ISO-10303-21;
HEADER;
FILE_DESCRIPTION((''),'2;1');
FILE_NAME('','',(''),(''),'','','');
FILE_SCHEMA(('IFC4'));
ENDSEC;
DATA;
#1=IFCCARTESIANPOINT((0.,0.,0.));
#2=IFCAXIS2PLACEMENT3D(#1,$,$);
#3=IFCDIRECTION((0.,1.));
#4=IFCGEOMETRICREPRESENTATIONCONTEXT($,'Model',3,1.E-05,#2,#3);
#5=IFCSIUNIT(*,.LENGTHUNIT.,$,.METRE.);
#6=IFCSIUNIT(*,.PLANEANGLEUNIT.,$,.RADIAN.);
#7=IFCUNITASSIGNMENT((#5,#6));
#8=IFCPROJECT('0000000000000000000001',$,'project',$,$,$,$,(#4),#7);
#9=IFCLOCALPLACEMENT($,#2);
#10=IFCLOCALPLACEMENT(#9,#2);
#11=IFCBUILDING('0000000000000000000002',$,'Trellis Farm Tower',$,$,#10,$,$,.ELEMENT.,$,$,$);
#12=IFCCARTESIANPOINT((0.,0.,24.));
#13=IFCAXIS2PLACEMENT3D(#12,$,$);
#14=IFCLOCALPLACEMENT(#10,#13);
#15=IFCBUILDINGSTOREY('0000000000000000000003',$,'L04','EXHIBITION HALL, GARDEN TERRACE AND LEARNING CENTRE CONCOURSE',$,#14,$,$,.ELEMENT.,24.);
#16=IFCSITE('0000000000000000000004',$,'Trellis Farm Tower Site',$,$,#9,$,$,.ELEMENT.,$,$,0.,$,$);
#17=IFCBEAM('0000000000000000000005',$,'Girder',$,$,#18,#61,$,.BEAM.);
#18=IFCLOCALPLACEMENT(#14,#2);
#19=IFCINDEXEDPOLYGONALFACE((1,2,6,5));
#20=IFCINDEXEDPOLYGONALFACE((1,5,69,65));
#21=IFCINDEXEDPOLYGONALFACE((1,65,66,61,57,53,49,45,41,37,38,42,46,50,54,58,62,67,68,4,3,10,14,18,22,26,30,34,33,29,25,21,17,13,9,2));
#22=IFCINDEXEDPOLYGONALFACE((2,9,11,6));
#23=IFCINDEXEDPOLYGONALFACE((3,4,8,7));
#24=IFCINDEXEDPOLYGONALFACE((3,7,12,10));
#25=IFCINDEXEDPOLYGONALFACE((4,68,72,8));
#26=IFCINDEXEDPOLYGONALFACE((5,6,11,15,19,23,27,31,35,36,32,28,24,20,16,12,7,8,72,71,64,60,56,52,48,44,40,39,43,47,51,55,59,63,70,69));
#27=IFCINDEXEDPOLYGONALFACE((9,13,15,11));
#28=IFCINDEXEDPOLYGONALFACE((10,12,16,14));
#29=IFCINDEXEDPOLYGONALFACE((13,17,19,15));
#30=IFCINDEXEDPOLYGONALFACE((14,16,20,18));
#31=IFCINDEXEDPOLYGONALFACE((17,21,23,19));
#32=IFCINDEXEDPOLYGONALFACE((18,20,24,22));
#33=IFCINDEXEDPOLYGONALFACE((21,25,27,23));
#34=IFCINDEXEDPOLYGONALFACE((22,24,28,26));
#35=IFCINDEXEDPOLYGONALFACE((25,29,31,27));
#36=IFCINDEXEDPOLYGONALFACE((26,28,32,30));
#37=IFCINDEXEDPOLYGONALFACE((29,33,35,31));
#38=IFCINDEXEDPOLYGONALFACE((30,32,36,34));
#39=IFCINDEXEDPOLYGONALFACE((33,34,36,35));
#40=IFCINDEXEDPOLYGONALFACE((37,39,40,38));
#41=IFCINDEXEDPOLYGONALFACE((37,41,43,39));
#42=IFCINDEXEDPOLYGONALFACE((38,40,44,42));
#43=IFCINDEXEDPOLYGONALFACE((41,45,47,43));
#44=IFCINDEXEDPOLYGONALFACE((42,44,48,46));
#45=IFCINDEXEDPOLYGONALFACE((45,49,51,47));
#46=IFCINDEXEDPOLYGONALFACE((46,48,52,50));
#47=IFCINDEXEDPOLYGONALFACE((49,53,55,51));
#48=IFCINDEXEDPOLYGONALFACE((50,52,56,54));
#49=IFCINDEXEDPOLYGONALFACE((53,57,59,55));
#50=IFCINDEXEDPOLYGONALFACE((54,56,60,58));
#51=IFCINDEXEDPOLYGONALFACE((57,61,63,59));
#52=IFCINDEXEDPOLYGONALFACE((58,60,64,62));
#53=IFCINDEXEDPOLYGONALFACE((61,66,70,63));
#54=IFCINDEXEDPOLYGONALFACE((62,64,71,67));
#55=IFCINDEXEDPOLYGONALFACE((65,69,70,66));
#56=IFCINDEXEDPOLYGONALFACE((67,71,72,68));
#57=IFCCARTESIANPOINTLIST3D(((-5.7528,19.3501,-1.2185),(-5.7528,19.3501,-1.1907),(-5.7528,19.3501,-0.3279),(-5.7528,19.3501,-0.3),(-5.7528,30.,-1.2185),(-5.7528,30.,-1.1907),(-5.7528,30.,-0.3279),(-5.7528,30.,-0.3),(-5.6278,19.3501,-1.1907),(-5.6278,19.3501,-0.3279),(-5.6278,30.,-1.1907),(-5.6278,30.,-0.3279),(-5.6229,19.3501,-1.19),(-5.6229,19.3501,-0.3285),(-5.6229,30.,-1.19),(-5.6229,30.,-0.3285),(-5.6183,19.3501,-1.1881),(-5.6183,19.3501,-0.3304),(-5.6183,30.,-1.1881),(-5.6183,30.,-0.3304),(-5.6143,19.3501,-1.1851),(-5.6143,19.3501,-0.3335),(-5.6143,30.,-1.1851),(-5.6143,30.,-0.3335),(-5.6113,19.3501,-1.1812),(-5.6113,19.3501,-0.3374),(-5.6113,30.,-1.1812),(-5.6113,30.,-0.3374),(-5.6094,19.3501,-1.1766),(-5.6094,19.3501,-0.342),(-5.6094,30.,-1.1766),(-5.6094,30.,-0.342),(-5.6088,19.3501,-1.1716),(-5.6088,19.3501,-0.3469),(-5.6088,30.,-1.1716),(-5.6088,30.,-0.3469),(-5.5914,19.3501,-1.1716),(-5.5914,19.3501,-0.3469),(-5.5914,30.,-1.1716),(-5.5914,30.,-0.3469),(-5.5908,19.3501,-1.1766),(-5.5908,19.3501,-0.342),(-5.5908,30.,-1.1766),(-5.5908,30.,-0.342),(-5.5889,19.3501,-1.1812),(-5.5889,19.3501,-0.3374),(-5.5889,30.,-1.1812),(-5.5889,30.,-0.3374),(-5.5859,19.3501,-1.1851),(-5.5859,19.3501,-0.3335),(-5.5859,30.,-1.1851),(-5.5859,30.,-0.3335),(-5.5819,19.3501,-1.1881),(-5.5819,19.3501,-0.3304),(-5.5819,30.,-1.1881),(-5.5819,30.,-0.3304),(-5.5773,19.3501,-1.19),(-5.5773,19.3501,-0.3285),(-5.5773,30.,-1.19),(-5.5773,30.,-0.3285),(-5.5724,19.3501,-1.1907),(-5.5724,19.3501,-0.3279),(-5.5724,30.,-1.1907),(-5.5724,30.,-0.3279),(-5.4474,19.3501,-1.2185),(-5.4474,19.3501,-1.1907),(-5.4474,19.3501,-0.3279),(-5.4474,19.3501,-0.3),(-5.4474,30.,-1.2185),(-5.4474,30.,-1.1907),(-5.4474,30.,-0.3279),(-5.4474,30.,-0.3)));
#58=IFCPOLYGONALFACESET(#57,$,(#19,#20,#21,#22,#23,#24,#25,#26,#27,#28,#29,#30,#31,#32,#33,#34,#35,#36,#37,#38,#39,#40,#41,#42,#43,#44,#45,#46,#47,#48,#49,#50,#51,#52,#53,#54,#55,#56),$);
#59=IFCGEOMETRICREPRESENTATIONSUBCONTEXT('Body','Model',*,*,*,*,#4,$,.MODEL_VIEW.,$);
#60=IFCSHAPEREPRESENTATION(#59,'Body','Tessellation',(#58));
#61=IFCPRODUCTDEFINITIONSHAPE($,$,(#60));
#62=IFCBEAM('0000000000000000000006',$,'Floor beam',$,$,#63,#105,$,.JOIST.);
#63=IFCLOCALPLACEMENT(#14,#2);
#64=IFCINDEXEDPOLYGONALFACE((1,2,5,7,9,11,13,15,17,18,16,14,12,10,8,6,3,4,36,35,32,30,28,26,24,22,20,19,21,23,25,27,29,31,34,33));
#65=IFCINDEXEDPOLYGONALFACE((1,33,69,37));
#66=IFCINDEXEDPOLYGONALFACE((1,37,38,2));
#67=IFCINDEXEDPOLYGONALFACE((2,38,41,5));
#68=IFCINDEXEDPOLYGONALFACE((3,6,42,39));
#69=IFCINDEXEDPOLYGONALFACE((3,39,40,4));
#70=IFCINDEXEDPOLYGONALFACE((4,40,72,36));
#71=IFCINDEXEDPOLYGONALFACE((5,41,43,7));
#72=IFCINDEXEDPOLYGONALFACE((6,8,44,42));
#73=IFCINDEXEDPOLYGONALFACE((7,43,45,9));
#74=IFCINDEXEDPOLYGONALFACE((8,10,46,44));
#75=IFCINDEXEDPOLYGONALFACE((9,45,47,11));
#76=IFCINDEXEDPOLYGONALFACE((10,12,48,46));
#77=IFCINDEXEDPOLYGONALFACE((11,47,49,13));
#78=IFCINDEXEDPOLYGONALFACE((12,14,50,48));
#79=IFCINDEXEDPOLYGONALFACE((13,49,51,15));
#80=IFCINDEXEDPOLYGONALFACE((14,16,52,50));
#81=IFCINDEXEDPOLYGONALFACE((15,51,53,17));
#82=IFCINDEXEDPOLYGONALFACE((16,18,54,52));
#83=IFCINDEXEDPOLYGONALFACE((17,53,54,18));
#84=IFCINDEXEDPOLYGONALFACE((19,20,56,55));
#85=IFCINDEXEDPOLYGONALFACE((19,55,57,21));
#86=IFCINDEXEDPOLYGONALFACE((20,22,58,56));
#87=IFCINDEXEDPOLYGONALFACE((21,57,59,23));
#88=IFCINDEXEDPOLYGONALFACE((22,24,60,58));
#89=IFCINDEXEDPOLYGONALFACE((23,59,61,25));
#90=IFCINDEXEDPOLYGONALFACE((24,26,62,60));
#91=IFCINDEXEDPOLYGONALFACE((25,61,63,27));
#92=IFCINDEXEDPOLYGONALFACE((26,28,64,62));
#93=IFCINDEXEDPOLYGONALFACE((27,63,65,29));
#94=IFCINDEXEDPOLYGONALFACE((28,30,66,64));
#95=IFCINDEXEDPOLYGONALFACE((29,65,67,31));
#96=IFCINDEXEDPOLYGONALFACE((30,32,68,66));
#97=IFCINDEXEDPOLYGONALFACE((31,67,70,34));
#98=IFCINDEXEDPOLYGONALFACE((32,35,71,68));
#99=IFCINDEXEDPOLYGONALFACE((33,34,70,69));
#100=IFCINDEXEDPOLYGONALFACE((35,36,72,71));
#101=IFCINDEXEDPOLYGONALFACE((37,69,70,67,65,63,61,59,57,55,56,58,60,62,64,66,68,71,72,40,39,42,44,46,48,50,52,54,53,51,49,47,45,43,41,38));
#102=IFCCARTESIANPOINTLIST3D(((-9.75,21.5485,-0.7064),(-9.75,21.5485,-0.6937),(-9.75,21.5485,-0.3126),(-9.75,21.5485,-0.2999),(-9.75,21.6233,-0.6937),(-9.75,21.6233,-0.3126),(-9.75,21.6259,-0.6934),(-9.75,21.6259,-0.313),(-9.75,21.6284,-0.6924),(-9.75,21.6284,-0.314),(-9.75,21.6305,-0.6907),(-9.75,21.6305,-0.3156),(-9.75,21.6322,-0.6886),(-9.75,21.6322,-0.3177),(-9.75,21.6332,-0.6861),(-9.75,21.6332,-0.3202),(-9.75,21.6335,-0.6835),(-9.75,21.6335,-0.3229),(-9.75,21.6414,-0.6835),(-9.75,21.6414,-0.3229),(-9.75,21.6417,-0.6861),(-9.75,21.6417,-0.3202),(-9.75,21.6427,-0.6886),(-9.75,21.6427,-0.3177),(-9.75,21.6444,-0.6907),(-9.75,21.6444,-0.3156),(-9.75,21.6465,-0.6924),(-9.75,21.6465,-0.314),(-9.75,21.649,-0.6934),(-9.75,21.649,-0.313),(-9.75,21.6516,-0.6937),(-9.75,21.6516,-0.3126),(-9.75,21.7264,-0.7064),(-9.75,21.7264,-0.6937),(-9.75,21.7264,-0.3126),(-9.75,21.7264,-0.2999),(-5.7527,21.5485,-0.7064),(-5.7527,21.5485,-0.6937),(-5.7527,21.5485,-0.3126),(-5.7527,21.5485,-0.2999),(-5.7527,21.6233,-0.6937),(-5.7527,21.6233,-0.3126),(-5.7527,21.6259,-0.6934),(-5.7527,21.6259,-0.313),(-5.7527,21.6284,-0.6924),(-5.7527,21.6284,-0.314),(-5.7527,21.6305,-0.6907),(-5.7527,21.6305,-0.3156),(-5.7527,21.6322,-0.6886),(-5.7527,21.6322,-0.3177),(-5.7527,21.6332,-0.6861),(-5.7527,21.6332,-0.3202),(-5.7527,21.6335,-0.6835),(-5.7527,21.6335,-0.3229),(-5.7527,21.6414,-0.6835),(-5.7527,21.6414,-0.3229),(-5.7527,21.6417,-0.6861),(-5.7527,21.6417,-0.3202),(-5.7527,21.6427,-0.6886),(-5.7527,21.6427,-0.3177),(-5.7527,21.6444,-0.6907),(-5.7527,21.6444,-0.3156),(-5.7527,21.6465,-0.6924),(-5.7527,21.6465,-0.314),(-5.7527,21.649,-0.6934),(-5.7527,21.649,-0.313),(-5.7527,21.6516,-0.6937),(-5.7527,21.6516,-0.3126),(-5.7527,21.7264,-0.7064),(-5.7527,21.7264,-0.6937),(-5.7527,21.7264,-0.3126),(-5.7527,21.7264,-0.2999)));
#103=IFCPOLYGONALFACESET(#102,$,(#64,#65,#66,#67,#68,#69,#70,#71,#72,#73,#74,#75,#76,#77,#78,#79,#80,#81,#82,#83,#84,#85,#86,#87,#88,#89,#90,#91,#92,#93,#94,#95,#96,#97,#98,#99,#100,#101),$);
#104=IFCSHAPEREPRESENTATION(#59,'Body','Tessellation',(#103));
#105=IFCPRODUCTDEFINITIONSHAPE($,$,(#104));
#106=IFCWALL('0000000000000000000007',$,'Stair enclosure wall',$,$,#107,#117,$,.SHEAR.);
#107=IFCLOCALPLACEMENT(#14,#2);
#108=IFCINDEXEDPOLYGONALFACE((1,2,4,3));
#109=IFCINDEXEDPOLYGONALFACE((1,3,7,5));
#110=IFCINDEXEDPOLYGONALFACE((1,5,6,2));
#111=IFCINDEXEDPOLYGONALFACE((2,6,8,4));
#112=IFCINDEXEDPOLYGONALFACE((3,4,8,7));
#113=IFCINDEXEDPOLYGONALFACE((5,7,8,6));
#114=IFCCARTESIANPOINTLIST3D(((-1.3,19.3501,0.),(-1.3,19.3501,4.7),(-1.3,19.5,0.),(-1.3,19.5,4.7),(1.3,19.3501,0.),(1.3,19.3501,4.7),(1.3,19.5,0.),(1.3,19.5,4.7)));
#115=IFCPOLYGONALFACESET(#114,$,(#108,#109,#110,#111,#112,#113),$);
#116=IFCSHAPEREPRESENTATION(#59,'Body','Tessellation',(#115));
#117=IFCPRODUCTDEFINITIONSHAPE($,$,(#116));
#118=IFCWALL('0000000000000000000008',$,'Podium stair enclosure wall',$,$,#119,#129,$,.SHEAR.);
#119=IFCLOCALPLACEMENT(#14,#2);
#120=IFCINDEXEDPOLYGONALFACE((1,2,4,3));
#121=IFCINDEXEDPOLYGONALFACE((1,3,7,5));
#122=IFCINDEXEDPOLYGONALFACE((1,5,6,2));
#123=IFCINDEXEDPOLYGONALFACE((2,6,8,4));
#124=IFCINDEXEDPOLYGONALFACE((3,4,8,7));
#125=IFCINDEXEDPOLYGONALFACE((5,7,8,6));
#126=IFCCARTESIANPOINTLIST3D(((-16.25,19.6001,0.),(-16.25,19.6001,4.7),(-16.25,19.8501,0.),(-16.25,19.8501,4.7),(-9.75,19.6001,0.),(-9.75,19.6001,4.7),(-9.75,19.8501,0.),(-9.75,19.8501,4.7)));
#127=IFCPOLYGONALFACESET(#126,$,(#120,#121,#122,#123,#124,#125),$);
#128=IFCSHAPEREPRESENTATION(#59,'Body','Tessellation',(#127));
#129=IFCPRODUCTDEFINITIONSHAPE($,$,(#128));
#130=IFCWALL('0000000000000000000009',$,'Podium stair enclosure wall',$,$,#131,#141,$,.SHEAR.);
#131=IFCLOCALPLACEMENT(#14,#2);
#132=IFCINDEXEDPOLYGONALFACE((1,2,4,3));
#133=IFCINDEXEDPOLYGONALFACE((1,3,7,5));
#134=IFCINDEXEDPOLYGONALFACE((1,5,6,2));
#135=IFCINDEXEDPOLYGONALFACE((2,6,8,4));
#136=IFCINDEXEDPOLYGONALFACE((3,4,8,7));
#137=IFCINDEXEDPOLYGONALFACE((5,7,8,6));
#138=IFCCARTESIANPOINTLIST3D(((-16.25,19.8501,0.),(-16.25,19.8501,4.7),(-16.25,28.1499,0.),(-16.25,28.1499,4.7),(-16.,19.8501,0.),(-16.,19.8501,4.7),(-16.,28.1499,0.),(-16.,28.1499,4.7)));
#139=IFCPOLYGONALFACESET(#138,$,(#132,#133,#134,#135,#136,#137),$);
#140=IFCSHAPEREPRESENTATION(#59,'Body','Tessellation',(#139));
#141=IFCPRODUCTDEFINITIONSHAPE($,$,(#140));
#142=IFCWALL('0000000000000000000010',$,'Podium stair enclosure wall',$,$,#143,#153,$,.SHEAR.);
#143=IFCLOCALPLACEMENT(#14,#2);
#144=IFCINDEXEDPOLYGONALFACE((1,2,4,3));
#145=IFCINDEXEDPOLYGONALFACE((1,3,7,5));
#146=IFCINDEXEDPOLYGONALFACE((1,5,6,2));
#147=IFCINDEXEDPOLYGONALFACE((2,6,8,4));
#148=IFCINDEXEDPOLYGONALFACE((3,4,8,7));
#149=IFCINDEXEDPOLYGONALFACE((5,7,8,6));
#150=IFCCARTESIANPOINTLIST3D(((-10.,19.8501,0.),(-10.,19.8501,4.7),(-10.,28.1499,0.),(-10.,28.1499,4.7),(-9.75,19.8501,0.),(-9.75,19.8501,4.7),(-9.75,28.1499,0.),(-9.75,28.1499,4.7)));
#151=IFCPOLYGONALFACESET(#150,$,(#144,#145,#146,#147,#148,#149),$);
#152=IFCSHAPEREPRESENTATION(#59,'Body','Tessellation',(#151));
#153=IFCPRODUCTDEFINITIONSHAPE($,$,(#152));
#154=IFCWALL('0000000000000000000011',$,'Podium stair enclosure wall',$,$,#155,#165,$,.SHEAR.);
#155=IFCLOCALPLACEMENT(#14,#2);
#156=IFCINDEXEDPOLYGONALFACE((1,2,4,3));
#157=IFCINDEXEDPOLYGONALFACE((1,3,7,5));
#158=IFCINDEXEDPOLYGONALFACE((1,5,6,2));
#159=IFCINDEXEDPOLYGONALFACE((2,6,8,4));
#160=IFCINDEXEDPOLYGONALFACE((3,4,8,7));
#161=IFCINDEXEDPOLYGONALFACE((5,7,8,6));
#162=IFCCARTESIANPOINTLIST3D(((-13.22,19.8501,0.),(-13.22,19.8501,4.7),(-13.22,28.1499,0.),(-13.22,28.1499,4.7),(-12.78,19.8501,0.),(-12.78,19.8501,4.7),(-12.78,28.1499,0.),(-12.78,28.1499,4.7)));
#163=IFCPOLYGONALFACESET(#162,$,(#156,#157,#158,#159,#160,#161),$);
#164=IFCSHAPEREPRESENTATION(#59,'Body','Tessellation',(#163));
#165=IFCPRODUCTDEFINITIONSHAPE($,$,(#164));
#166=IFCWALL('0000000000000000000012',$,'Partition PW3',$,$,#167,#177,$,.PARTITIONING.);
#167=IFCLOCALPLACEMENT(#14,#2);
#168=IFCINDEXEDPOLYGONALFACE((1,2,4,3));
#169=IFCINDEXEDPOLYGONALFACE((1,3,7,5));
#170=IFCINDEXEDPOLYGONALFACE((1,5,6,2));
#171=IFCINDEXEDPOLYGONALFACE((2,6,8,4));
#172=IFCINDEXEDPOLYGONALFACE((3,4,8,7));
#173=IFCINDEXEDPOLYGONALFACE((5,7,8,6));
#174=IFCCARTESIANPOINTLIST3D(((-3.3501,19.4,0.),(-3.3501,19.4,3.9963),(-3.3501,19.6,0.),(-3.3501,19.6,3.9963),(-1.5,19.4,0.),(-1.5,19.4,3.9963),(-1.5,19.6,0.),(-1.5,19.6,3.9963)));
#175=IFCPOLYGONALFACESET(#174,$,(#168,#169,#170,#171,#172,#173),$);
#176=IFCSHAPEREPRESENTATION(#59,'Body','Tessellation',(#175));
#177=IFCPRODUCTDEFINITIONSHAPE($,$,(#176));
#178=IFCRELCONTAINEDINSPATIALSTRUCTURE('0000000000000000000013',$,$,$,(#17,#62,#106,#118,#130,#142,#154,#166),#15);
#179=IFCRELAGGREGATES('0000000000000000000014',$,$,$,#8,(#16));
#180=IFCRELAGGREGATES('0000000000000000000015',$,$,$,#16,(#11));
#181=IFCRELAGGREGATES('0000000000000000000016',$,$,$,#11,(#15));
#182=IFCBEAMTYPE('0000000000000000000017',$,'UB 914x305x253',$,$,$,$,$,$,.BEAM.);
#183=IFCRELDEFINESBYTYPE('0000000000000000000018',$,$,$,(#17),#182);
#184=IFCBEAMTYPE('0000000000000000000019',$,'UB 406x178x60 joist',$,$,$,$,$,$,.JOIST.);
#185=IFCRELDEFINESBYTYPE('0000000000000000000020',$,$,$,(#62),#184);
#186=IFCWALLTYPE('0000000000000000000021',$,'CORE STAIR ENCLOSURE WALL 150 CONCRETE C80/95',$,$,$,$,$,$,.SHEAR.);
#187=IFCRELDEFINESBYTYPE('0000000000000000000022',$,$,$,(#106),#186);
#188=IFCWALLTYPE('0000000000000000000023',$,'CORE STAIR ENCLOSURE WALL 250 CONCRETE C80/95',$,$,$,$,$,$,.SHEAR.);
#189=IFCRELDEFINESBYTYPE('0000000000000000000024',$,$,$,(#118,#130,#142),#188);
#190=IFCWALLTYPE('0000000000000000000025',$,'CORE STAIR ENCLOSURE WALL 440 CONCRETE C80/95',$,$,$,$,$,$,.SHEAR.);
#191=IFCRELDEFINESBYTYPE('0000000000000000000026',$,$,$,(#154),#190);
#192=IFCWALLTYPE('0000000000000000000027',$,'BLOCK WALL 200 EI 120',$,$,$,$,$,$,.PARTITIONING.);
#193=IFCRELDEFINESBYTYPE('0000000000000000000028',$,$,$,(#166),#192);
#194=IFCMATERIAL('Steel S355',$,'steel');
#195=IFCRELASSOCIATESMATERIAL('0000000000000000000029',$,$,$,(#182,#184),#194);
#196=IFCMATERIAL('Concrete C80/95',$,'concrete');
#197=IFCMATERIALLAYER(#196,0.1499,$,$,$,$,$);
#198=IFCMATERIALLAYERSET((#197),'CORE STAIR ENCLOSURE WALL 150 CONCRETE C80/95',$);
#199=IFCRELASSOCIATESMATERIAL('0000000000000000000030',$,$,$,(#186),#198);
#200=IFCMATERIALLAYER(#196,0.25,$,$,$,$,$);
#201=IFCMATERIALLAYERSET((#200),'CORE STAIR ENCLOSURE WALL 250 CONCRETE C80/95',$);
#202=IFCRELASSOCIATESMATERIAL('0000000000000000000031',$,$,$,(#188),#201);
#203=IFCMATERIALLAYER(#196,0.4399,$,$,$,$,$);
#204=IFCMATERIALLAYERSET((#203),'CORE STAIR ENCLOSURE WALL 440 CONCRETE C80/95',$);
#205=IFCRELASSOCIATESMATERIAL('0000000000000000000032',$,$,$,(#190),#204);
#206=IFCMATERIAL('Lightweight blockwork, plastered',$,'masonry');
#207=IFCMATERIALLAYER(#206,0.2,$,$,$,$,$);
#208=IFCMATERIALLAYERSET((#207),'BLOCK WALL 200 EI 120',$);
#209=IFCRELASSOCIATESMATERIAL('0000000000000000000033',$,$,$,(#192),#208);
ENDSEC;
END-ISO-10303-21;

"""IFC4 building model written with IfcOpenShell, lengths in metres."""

from ifc_helpers import new_model, si_unit, direction, frame, frame_2d, origin, origin_2d, place, context, subcontext, project, spatial, rectangle, i_section, extrude, source, transform, mapped, material, layer, layer_set, material_profile, profile_set, type_object, element, save


model = new_model("IFC4")

# Units and contexts
model_context = context("Model", 3, precision=1e-05, world=origin(), true_north=direction((0.0, 1.0)))
body_context = subcontext(model_context, "Body", "Model", "MODEL_VIEW")
ifc_project = project(units=[si_unit("LENGTHUNIT", "METRE"), si_unit("PLANEANGLEUNIT", "RADIAN")], contexts=[model_context])

# Site, building, storey
site_placement = place(None, origin())
site = spatial("IfcSite", under=ifc_project, at=site_placement, Name="Trellis Farm Tower Site", CompositionType="ELEMENT", RefElevation=0.0)
building_placement = place(site_placement, origin())
building = spatial("IfcBuilding", under=site, at=building_placement, Name="Trellis Farm Tower", CompositionType="ELEMENT")
storey_placement = place(building_placement, frame((0.0, 0.0, 24.0)))
storey = spatial("IfcBuildingStorey", under=building, at=storey_placement, Name="L04", Description="EXHIBITION HALL, GARDEN TERRACE AND LEARNING CENTRE CONCOURSE", CompositionType="ELEMENT", Elevation=24.0)

# Shared definitions
ifc_material_1 = material(Name="Concrete C80/95", Category="concrete")

# Beams
ifc_material_2 = material(Name="Steel S355", Category="steel")
ifc_material_profile_1 = material_profile(ifc_material_2, i_section(OverallWidth=0.3054, OverallDepth=0.9185, WebThickness=0.0173, FlangeThickness=0.0278, FilletRadius=0.019, at=origin_2d()), Name="UB 914x305x253")
ifc_profile_set_1 = profile_set([ifc_material_profile_1], Name="Steel S355")
beam_type_1 = type_object("IfcBeamType", Name="UB 914x305x253", PredefinedType="BEAM", material=ifc_profile_set_1)
shared_shape_1 = source(origin(), body_context, "Body", "SweptSolid", [
    extrude(i_section(OverallWidth=0.3054, OverallDepth=0.9185, WebThickness=0.0173, FlangeThickness=0.0278, FilletRadius=0.019, at=origin_2d()), origin(), (0.0, 0.0, 1.0), 10.6499),
])
beam_1_placement = place(storey_placement, frame((-5.6001, 19.3501, -0.7593), z_axis=(0.0, 1.0, 0.0), x_axis=(-1.0, 0.0, 0.0)))
element("IfcBeam", 1, at=beam_1_placement, inside=storey, type_object=beam_type_1, Name="Girder", PredefinedType="BEAM", context=body_context, shape_type="MappedRepresentation", body=[
    mapped(shared_shape_1, transform((0.0, 0.0, 0.0))),
])
ifc_material_profile_2 = material_profile(ifc_material_2, i_section(OverallWidth=0.178, OverallDepth=0.4065, WebThickness=0.0078, FlangeThickness=0.0127, FilletRadius=0.0103, at=origin_2d()), Name="UB 406x178x60")
ifc_profile_set_2 = profile_set([ifc_material_profile_2], Name="Steel S355")
beam_type_2 = type_object("IfcBeamType", Name="UB 406x178x60 joist", PredefinedType="JOIST", material=ifc_profile_set_2)
shared_shape_2 = source(origin(), body_context, "Body", "SweptSolid", [
    extrude(i_section(OverallWidth=0.178, OverallDepth=0.4065, WebThickness=0.0078, FlangeThickness=0.0127, FilletRadius=0.0103, at=origin_2d()), origin(), (0.0, 0.0, 1.0), 3.9973),
])
beam_2_placement = place(storey_placement, frame((-9.75, 21.6375, -0.5032), z_axis=(1.0, 0.0, 0.0), x_axis=(0.0, 1.0, 0.0)))
element("IfcBeam", 2, at=beam_2_placement, inside=storey, type_object=beam_type_2, Name="Floor beam", PredefinedType="JOIST", context=body_context, shape_type="MappedRepresentation", body=[
    mapped(shared_shape_2, transform((0.0, 0.0, 0.0))),
])

# Walls
ifc_layer_1 = layer(ifc_material_1, 0.1499)
ifc_layer_set_1 = layer_set([ifc_layer_1], Name="CORE STAIR ENCLOSURE WALL 150 CONCRETE C80/95")
wall_type_1 = type_object("IfcWallType", Name="CORE STAIR ENCLOSURE WALL 150 CONCRETE C80/95", PredefinedType="SHEAR", material=ifc_layer_set_1)
shared_shape_3 = source(origin(), body_context, "Body", "SweptSolid", [
    extrude(rectangle(XDim=2.6001, YDim=0.1499, at=frame_2d((1.3, 0.0))), origin(), (0.0, 0.0, 1.0), 4.7),
])
wall_1_placement = place(storey_placement, frame((-1.3, 19.425, 0.0), z_axis=(0.0, 0.0, 1.0), x_axis=(1.0, 0.0, 0.0)))
element("IfcWall", 3, at=wall_1_placement, inside=storey, type_object=wall_type_1, Name="Stair enclosure wall", PredefinedType="SHEAR", context=body_context, shape_type="MappedRepresentation", body=[
    mapped(shared_shape_3, transform((0.0, 0.0, 0.0))),
])
ifc_layer_2 = layer(ifc_material_1, 0.25)
ifc_layer_set_2 = layer_set([ifc_layer_2], Name="CORE STAIR ENCLOSURE WALL 250 CONCRETE C80/95")
wall_type_2 = type_object("IfcWallType", Name="CORE STAIR ENCLOSURE WALL 250 CONCRETE C80/95", PredefinedType="SHEAR", material=ifc_layer_set_2)
shared_shape_4 = source(origin(), body_context, "Body", "SweptSolid", [
    extrude(rectangle(XDim=6.5, YDim=0.25, at=frame_2d((3.25, 0.0))), origin(), (0.0, 0.0, 1.0), 4.7),
])
wall_2_placement = place(storey_placement, frame((-16.25, 19.7251, 0.0), z_axis=(0.0, 0.0, 1.0), x_axis=(1.0, 0.0, 0.0)))
element("IfcWall", 4, at=wall_2_placement, inside=storey, type_object=wall_type_2, Name="Podium stair enclosure wall", PredefinedType="SHEAR", context=body_context, shape_type="MappedRepresentation", body=[
    mapped(shared_shape_4, transform((0.0, 0.0, 0.0))),
])
shared_shape_5 = source(origin(), body_context, "Body", "SweptSolid", [
    extrude(rectangle(XDim=8.2998, YDim=0.25, at=frame_2d((4.1499, 0.0))), origin(), (0.0, 0.0, 1.0), 4.7),
])
for number, where, z_axis, x_axis, name in (
    (5, (-16.125, 19.8501, 0.0), (0.0, 0.0, 1.0), (0.0, 1.0, 0.0), "Podium stair enclosure wall"),
    (6, (-9.875, 19.8501, 0.0), (0.0, 0.0, 1.0), (0.0, 1.0, 0.0), "Podium stair enclosure wall"),
):
    element("IfcWall", number, at=place(storey_placement, frame(where, z_axis=z_axis, x_axis=x_axis)), inside=storey, type_object=wall_type_2, Name=name, PredefinedType="SHEAR", context=body_context, shape_type="MappedRepresentation", body=[
        mapped(shared_shape_5, transform((0.0, 0.0, 0.0))),
    ])
ifc_layer_3 = layer(ifc_material_1, 0.4399)
ifc_layer_set_3 = layer_set([ifc_layer_3], Name="CORE STAIR ENCLOSURE WALL 440 CONCRETE C80/95")
wall_type_3 = type_object("IfcWallType", Name="CORE STAIR ENCLOSURE WALL 440 CONCRETE C80/95", PredefinedType="SHEAR", material=ifc_layer_set_3)
shared_shape_6 = source(origin(), body_context, "Body", "SweptSolid", [
    extrude(rectangle(XDim=8.2998, YDim=0.4399, at=frame_2d((4.1499, 0.0))), origin(), (0.0, 0.0, 1.0), 4.7),
])
wall_3_placement = place(storey_placement, frame((-13.0, 19.8501, 0.0), z_axis=(0.0, 0.0, 1.0), x_axis=(0.0, 1.0, 0.0)))
element("IfcWall", 7, at=wall_3_placement, inside=storey, type_object=wall_type_3, Name="Podium stair enclosure wall", PredefinedType="SHEAR", context=body_context, shape_type="MappedRepresentation", body=[
    mapped(shared_shape_6, transform((0.0, 0.0, 0.0))),
])
ifc_material_3 = material(Name="Lightweight blockwork, plastered", Category="masonry")
ifc_layer_4 = layer(ifc_material_3, 0.2)
ifc_layer_set_4 = layer_set([ifc_layer_4], Name="BLOCK WALL 200 EI 120")
wall_type_4 = type_object("IfcWallType", Name="BLOCK WALL 200 EI 120", PredefinedType="PARTITIONING", material=ifc_layer_set_4)
shared_shape_7 = source(origin(), body_context, "Body", "SweptSolid", [
    extrude(rectangle(XDim=1.8501, YDim=0.2, at=frame_2d((0.925, 0.0))), origin(), (0.0, 0.0, 1.0), 3.9963),
])
wall_4_placement = place(storey_placement, frame((-1.5, 19.5, 0.0), z_axis=(0.0, 0.0, 1.0), x_axis=(-1.0, 0.0, 0.0)))
element("IfcWall", 8, at=wall_4_placement, inside=storey, type_object=wall_type_4, Name="Partition PW3", PredefinedType="PARTITIONING", context=body_context, shape_type="MappedRepresentation", body=[
    mapped(shared_shape_7, transform((0.0, 0.0, 0.0))),
])

save(model, "model.ifc")
